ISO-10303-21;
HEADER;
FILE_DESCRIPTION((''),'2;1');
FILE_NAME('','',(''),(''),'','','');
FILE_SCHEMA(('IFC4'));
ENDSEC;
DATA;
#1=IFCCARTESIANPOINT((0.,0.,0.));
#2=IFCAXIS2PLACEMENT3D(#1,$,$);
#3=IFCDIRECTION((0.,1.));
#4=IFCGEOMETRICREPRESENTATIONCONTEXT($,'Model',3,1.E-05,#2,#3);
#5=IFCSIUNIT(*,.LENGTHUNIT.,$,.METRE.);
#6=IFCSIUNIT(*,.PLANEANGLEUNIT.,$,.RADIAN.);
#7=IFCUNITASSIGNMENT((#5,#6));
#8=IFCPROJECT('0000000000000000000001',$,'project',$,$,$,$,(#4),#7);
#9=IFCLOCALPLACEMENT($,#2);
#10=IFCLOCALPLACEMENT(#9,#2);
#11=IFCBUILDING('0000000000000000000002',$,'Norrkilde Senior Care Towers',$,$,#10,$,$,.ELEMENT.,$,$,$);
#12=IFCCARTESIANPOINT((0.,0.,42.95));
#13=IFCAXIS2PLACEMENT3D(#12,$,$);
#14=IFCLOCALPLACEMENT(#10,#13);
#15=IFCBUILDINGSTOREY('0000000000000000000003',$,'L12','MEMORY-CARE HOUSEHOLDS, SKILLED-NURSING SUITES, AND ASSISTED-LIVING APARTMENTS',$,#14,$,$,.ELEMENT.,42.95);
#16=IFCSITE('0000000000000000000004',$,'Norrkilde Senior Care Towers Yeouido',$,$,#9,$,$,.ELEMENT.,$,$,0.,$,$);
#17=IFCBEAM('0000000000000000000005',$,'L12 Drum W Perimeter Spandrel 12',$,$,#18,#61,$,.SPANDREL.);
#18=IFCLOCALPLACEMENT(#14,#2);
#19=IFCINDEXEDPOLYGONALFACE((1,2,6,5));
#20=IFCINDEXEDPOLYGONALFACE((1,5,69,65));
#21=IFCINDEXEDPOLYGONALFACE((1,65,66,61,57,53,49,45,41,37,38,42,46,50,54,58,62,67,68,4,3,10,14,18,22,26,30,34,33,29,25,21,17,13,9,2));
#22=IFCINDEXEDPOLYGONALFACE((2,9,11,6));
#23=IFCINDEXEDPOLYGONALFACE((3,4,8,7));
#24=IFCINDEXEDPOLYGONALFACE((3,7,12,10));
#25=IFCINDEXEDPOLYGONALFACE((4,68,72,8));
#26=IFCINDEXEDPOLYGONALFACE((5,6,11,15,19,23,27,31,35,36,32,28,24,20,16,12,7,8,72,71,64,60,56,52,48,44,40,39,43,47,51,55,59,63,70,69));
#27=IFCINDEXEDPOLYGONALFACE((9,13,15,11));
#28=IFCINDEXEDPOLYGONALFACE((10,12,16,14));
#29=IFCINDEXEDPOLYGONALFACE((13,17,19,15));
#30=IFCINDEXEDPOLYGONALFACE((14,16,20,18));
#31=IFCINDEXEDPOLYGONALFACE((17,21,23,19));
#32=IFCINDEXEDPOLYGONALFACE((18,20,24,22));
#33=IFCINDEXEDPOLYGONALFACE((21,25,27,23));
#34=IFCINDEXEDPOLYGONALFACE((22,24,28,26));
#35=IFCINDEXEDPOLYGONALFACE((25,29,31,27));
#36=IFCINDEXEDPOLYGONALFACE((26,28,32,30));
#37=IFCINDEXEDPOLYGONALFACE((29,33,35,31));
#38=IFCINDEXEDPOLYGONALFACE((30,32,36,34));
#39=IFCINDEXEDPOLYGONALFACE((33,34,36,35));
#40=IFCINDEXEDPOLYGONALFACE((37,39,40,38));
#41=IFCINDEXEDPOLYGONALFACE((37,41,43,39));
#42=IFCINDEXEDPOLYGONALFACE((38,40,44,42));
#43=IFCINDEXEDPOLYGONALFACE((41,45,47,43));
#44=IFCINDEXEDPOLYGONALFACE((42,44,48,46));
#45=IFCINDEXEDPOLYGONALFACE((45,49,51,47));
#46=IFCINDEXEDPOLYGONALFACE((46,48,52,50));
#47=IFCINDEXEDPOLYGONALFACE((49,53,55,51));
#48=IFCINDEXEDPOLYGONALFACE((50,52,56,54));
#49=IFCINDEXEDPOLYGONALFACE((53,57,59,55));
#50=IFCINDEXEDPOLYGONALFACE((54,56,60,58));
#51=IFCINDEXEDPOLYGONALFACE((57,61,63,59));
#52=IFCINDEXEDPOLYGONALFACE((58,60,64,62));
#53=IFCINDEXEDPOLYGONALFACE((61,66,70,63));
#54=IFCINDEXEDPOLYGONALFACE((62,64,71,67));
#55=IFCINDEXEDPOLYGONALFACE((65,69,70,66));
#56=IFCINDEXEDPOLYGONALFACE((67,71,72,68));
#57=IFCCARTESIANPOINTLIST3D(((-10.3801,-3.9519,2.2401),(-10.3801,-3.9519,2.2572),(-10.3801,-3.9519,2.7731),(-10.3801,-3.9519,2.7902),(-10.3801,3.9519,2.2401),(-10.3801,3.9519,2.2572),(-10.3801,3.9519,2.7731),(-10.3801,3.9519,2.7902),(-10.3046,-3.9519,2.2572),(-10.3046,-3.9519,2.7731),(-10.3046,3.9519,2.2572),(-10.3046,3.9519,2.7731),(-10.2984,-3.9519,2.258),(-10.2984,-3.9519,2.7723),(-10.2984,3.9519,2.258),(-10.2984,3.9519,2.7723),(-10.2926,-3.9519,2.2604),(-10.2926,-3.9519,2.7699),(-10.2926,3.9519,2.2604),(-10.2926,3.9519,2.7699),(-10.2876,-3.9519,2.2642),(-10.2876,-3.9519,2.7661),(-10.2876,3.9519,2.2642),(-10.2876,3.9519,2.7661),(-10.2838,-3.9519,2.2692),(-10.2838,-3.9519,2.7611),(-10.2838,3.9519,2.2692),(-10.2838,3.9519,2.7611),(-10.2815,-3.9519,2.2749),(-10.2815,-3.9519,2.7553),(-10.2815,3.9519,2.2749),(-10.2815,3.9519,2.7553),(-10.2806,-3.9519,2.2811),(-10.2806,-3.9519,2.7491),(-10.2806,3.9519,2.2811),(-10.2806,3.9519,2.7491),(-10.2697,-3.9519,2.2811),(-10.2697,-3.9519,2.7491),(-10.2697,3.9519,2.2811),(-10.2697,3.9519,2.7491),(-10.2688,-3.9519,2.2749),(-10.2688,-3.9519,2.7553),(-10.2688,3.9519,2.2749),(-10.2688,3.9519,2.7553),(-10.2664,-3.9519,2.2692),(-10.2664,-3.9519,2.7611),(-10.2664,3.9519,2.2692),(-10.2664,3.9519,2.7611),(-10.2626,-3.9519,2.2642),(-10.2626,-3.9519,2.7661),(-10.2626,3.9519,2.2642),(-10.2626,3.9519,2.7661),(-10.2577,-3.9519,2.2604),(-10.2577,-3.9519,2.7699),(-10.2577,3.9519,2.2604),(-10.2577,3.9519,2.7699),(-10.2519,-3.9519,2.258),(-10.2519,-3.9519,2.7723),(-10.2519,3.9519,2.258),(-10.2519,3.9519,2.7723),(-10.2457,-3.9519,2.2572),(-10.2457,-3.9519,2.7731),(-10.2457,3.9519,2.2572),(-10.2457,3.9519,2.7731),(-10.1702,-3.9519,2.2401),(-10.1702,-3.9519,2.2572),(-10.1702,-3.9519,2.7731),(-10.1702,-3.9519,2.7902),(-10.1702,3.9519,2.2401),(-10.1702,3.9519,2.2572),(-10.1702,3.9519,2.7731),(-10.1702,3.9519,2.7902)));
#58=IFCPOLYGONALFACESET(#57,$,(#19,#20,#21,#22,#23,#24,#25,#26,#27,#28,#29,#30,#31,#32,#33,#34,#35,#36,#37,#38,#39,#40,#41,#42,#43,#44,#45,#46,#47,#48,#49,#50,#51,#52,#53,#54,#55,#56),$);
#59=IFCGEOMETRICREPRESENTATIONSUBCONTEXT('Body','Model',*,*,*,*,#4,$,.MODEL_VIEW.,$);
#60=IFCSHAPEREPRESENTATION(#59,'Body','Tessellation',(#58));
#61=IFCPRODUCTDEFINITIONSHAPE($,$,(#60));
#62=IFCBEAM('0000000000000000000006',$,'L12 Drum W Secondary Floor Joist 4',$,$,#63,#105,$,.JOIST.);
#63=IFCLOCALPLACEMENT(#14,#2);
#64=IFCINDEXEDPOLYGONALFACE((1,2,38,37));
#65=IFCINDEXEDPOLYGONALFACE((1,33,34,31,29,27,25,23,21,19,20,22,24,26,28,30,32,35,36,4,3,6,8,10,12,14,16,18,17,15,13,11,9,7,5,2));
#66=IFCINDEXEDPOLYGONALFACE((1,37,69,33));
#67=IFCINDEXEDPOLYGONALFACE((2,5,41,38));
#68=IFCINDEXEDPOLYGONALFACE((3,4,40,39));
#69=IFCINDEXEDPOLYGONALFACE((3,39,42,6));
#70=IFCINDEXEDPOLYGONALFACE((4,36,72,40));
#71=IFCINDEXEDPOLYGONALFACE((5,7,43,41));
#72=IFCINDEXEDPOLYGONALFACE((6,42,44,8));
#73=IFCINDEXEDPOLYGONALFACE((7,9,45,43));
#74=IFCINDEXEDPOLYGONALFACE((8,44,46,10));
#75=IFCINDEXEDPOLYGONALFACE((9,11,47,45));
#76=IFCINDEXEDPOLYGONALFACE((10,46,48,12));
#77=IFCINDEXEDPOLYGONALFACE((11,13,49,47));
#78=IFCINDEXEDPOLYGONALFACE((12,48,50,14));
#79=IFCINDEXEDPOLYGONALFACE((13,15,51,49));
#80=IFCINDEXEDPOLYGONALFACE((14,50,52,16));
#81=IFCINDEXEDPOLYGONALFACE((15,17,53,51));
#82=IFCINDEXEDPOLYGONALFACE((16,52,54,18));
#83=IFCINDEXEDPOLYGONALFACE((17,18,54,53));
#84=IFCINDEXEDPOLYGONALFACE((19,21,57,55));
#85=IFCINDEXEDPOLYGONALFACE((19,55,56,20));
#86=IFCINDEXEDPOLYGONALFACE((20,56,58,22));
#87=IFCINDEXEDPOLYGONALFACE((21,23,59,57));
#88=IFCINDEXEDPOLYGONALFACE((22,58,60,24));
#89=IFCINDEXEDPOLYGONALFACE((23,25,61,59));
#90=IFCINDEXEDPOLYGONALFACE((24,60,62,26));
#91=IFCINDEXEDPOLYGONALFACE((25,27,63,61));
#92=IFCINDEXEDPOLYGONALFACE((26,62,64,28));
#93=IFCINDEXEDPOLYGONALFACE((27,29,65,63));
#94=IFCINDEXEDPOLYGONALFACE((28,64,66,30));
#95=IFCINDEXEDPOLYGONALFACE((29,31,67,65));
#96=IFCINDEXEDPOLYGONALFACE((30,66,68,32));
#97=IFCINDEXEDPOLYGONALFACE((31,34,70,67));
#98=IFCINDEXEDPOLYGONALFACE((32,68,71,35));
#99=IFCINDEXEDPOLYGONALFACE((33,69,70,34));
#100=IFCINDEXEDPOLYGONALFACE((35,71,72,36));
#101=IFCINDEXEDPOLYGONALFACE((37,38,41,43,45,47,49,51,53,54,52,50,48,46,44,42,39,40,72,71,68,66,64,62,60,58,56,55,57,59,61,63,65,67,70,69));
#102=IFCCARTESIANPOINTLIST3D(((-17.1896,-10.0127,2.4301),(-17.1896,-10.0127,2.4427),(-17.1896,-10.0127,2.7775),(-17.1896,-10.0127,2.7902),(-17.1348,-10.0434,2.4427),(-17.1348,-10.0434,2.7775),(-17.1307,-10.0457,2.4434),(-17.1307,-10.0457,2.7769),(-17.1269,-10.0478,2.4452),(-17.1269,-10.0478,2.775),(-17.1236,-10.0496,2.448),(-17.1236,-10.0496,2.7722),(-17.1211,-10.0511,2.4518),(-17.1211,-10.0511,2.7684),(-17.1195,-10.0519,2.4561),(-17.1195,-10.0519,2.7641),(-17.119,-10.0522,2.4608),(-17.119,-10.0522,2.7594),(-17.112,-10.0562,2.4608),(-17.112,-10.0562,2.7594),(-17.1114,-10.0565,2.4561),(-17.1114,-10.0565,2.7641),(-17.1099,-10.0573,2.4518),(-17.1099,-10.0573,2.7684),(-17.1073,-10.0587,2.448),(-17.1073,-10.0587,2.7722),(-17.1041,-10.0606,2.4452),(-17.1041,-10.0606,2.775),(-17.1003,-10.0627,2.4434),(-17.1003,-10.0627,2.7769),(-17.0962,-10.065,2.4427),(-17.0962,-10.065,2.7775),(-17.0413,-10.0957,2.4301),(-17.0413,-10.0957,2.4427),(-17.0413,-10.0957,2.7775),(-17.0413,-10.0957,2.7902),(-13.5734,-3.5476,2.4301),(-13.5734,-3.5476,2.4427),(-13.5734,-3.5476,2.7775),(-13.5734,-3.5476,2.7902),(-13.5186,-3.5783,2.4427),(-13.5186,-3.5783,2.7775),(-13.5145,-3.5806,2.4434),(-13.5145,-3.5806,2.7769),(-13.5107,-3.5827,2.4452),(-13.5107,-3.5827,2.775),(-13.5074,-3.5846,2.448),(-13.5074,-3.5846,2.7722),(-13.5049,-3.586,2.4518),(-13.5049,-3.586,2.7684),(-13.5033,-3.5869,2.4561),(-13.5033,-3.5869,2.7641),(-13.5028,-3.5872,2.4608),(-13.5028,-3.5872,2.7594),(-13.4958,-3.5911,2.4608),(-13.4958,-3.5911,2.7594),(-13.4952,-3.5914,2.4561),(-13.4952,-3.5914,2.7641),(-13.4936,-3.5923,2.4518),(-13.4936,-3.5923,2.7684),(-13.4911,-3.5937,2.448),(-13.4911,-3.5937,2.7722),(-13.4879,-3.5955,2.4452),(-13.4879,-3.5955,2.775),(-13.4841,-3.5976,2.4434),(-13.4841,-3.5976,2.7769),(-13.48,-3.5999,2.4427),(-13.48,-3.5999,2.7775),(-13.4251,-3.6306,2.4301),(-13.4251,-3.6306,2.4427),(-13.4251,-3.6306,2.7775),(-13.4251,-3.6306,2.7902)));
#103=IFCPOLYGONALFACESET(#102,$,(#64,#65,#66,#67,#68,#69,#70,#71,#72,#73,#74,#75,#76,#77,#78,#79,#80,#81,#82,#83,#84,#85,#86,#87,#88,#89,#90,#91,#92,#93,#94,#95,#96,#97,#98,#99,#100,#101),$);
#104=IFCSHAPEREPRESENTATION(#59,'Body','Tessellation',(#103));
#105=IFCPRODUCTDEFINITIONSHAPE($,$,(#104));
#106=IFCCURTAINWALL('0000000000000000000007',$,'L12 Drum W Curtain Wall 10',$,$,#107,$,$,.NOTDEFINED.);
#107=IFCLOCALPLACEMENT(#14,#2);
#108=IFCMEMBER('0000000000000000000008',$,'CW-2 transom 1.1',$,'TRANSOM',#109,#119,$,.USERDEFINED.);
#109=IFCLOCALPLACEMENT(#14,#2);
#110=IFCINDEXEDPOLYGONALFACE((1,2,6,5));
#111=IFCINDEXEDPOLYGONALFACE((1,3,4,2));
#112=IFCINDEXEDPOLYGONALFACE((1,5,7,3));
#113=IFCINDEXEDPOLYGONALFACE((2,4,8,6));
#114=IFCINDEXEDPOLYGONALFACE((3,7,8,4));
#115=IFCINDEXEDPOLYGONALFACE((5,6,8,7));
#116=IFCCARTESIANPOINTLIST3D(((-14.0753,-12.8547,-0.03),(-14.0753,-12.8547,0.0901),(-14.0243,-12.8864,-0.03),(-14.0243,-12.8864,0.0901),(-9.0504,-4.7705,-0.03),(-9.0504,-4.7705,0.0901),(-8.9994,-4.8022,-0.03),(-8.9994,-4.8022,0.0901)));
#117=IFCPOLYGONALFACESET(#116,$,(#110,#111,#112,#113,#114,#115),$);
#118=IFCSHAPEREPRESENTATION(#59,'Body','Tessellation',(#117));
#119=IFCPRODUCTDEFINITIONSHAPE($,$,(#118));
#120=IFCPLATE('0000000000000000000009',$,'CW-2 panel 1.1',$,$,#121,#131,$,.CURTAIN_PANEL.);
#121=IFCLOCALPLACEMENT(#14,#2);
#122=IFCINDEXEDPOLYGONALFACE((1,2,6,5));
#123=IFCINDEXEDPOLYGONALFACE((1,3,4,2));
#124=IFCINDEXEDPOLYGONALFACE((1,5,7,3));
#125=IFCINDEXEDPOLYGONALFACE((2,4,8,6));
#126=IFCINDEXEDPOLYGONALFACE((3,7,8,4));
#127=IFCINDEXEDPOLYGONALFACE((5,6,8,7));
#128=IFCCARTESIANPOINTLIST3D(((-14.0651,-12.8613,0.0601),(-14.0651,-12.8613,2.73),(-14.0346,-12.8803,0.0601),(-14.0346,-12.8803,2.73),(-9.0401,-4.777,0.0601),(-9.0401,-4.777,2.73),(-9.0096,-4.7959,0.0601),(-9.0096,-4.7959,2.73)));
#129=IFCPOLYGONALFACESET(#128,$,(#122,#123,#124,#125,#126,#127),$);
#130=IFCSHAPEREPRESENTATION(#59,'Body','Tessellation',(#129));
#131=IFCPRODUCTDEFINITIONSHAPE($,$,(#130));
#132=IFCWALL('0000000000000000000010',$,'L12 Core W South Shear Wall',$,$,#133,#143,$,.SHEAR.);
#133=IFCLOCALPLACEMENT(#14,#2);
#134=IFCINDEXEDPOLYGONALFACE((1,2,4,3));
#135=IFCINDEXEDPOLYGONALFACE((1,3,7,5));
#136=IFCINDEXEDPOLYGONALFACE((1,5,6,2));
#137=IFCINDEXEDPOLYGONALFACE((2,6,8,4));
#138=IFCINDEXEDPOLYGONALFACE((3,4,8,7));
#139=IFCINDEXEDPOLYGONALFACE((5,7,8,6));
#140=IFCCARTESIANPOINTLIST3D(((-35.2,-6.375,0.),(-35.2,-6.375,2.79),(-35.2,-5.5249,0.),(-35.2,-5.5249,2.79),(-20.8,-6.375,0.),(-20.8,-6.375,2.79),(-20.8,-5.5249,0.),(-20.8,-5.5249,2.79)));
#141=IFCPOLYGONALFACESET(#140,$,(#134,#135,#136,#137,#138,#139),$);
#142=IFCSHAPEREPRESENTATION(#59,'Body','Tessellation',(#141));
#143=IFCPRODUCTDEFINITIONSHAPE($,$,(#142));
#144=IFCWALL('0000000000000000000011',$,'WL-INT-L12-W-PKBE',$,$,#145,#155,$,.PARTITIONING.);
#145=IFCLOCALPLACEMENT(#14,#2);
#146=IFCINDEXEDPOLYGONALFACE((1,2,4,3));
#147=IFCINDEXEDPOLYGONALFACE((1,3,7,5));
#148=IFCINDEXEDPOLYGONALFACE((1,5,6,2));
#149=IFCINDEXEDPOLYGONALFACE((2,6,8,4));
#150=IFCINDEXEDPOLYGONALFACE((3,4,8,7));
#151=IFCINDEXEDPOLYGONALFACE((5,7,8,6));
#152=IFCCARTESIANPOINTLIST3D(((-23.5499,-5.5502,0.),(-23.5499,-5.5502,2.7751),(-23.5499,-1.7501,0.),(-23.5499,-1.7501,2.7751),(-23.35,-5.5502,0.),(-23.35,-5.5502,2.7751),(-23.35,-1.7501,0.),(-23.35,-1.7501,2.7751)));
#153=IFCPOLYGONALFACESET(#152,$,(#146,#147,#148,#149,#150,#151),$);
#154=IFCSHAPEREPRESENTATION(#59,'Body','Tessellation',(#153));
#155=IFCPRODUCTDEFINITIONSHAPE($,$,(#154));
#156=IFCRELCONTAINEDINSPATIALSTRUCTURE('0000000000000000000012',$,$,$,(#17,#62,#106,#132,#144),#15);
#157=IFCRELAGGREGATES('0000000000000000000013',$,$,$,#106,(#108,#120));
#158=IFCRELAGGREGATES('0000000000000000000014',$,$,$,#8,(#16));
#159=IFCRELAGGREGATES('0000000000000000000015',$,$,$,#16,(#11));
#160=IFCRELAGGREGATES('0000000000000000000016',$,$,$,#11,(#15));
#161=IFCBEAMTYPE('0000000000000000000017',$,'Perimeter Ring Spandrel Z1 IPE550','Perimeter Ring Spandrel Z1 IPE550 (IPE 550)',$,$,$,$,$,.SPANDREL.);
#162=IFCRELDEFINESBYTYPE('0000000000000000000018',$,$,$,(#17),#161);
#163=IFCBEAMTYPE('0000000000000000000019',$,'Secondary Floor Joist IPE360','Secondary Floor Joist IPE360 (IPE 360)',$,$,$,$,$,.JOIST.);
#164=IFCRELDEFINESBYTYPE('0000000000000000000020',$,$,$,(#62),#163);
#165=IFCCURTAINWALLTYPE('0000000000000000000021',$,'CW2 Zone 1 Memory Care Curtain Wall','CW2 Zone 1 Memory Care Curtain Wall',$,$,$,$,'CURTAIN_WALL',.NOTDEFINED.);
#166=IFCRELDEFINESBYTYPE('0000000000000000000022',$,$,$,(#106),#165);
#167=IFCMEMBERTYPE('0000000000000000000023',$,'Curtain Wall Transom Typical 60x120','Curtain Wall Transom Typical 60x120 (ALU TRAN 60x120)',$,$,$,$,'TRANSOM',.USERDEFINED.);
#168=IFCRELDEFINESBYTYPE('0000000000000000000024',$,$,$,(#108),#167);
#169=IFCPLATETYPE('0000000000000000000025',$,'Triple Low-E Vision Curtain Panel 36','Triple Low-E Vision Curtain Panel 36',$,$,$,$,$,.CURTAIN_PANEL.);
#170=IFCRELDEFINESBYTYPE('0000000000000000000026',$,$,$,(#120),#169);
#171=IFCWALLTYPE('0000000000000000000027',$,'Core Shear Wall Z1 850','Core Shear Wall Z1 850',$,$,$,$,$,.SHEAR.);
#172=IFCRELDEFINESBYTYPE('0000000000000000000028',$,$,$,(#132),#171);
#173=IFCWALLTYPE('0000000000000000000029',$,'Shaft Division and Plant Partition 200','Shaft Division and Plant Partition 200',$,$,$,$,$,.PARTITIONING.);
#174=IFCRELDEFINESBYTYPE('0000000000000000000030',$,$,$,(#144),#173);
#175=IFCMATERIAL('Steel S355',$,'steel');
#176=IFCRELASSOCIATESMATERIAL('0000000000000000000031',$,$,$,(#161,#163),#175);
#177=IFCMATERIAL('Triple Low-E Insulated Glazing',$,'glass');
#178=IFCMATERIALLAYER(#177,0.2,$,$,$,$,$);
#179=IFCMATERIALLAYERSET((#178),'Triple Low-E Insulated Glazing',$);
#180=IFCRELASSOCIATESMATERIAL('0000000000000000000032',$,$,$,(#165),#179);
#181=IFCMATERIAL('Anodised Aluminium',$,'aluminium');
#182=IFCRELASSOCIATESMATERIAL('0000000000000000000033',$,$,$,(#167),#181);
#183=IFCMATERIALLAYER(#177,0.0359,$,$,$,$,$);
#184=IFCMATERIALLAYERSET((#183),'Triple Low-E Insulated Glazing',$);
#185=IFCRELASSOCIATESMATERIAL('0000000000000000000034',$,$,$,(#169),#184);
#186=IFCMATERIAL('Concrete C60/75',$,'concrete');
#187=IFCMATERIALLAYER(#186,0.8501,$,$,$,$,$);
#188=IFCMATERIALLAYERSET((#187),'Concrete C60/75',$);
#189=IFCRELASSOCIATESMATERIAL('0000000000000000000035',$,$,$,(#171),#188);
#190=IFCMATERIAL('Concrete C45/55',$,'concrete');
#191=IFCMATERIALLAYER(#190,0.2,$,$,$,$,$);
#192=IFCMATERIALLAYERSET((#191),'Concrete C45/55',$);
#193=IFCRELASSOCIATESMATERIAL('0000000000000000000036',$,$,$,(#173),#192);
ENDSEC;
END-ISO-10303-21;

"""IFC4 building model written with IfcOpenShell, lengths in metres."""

from ifc_helpers import new_model, si_unit, direction, frame, frame_2d, origin, origin_2d, place, context, subcontext, project, spatial, rectangle, i_section, extrude, source, transform, mapped, material, layer, layer_set, material_profile, profile_set, type_object, type_shapes, element, aggregate, save


model = new_model("IFC4")

# Units and contexts
model_context = context("Model", 3, precision=1e-05, world=origin(), true_north=direction((0.0, 1.0)))
body_context = subcontext(model_context, "Body", "Model", "MODEL_VIEW")
ifc_project = project(units=[si_unit("LENGTHUNIT", "METRE"), si_unit("PLANEANGLEUNIT", "RADIAN")], contexts=[model_context])

# Site, building, storey
site_placement = place(None, origin())
site = spatial("IfcSite", under=ifc_project, at=site_placement, Name="Norrkilde Senior Care Towers Yeouido", CompositionType="ELEMENT", RefElevation=0.0)
building_placement = place(site_placement, origin())
building = spatial("IfcBuilding", under=site, at=building_placement, Name="Norrkilde Senior Care Towers", CompositionType="ELEMENT")
storey_placement = place(building_placement, frame((0.0, 0.0, 42.95)))
storey = spatial("IfcBuildingStorey", under=building, at=storey_placement, Name="L12", Description="MEMORY-CARE HOUSEHOLDS, SKILLED-NURSING SUITES, AND ASSISTED-LIVING APARTMENTS", CompositionType="ELEMENT", Elevation=42.95)

# Shared definitions
ifc_material_1 = material(Name="Concrete C60/75", Category="concrete")

# Beams
ifc_material_2 = material(Name="Steel S355", Category="steel")
ifc_material_profile_1 = material_profile(ifc_material_2, i_section(OverallWidth=0.21, OverallDepth=0.55, WebThickness=0.011, FlangeThickness=0.0171, FilletRadius=0.0239, at=origin_2d()), Name="IPE 550")
ifc_profile_set_1 = profile_set([ifc_material_profile_1], Name="Steel S355")
beam_type_1 = type_object("IfcBeamType", Name="Perimeter Ring Spandrel Z1 IPE550", Description="Perimeter Ring Spandrel Z1 IPE550 (IPE 550)", PredefinedType="SPANDREL", material=ifc_profile_set_1)
shared_shape_1 = source(origin(), body_context, "Body", "SweptSolid", [
    extrude(i_section(OverallWidth=0.21, OverallDepth=0.55, WebThickness=0.011, FlangeThickness=0.0171, FilletRadius=0.0239, at=origin_2d()), origin(), (0.0, 0.0, 1.0), 7.9038),
])
type_shapes(beam_type_1, [shared_shape_1])
beam_1_placement = place(storey_placement, frame((-10.2751, -3.9519, 2.5151), z_axis=(0.0, 1.0, 0.0), x_axis=(-1.0, 0.0, 0.0)))
element("IfcBeam", 1, at=beam_1_placement, inside=storey, type_object=beam_type_1, Name="L12 Drum W Perimeter Spandrel 12", PredefinedType="SPANDREL", context=body_context, shape_type="MappedRepresentation", body=[
    mapped(shared_shape_1, transform((0.0, 0.0, 0.0), x_axis=(1.0, 0.0, 0.0), y_axis=(0.0, 1.0, 0.0), z_axis=(0.0, 0.0, 1.0), scale=1.0)),
])
ifc_material_profile_2 = material_profile(ifc_material_2, i_section(OverallWidth=0.1699, OverallDepth=0.3601, WebThickness=0.0081, FlangeThickness=0.0127, FilletRadius=0.0181, at=origin_2d()), Name="IPE 360")
ifc_profile_set_2 = profile_set([ifc_material_profile_2], Name="Steel S355")
beam_type_2 = type_object("IfcBeamType", Name="Secondary Floor Joist IPE360", Description="Secondary Floor Joist IPE360 (IPE 360)", PredefinedType="JOIST", material=ifc_profile_set_2)
shared_shape_2 = source(origin(), body_context, "Body", "SweptSolid", [
    extrude(i_section(OverallWidth=0.1699, OverallDepth=0.3601, WebThickness=0.0081, FlangeThickness=0.0127, FilletRadius=0.0181, at=origin_2d()), origin(), (0.0, 0.0, 1.0), 7.4077),
])
type_shapes(beam_type_2, [shared_shape_2])
beam_2_placement = place(storey_placement, frame((-17.1155, -10.0542, 2.6101), z_axis=(0.488168, 0.87275, 0.0), x_axis=(-0.87275, 0.488168, 0.0)))
element("IfcBeam", 2, at=beam_2_placement, inside=storey, type_object=beam_type_2, Name="L12 Drum W Secondary Floor Joist 4", PredefinedType="JOIST", context=body_context, shape_type="MappedRepresentation", body=[
    mapped(shared_shape_2, transform((0.0, 0.0, 0.0), x_axis=(1.0, 0.0, 0.0), y_axis=(0.0, 1.0, 0.0), z_axis=(0.0, 0.0, 1.0), scale=1.0)),
])

# Curtain wall, member, plate
ifc_material_3 = material(Name="Triple Low-E Insulated Glazing", Category="glass")
ifc_layer_1 = layer(ifc_material_3, 0.2)
ifc_layer_set_1 = layer_set([ifc_layer_1], Name="Triple Low-E Insulated Glazing")
curtain_wall_type = type_object("IfcCurtainWallType", Name="CW2 Zone 1 Memory Care Curtain Wall", Description="CW2 Zone 1 Memory Care Curtain Wall", ElementType="CURTAIN_WALL", PredefinedType="NOTDEFINED", material=ifc_layer_set_1)
curtain_wall_placement = place(storey_placement, origin())
curtain_wall = element("IfcCurtainWall", 3, at=curtain_wall_placement, inside=storey, type_object=curtain_wall_type, Name="L12 Drum W Curtain Wall 10", PredefinedType="NOTDEFINED")
ifc_material_4 = material(Name="Anodised Aluminium", Category="aluminium")
ifc_material_profile_3 = material_profile(ifc_material_4, rectangle(XDim=0.0601, YDim=0.1201, at=origin_2d()), Name="ALU TRAN 60x120")
ifc_profile_set_3 = profile_set([ifc_material_profile_3], Name="Anodised Aluminium")
member_type = type_object("IfcMemberType", Name="Curtain Wall Transom Typical 60x120", Description="Curtain Wall Transom Typical 60x120 (ALU TRAN 60x120)", ElementType="TRANSOM", PredefinedType="USERDEFINED", material=ifc_profile_set_3)
shared_shape_3 = source(origin(), body_context, "Body", "SweptSolid", [
    extrude(rectangle(XDim=0.0601, YDim=0.1201, at=origin_2d()), origin(), (0.0, 0.0, 1.0), 9.5186),
])
type_shapes(member_type, [shared_shape_3])
member_placement = place(storey_placement, frame((-9.0249, -4.7864, 0.03), z_axis=(-0.527902, -0.849306, 0.0), x_axis=(0.849306, -0.527902, 0.0)))
member = element("IfcMember", 4, at=member_placement, type_object=member_type, Name="CW-2 transom 1.1", ObjectType="TRANSOM", PredefinedType="USERDEFINED", context=body_context, shape_type="MappedRepresentation", body=[
    mapped(shared_shape_3, transform((0.0, 0.0, 0.0), x_axis=(1.0, 0.0, 0.0), y_axis=(0.0, 1.0, 0.0), z_axis=(0.0, 0.0, 1.0), scale=1.0)),
])
ifc_layer_2 = layer(ifc_material_3, 0.0359)
ifc_layer_set_2 = layer_set([ifc_layer_2], Name="Triple Low-E Insulated Glazing")
plate_type = type_object("IfcPlateType", Name="Triple Low-E Vision Curtain Panel 36", Description="Triple Low-E Vision Curtain Panel 36", PredefinedType="CURTAIN_PANEL", material=ifc_layer_set_2)
shared_shape_4 = source(origin(), body_context, "Body", "SweptSolid", [
    extrude(rectangle(XDim=9.5188, YDim=0.0359, at=origin_2d()), origin(), (0.0, 0.0, 1.0), 2.6699),
])
type_shapes(plate_type, [shared_shape_4])
plate_placement = place(storey_placement, frame((-11.5374, -8.8286, 0.0601), z_axis=(0.0, 0.0, 1.0), x_axis=(-0.527901, -0.849306, 0.0)))
plate = element("IfcPlate", 5, at=plate_placement, type_object=plate_type, Name="CW-2 panel 1.1", PredefinedType="CURTAIN_PANEL", context=body_context, shape_type="MappedRepresentation", body=[
    mapped(shared_shape_4, transform((0.0, 0.0, 0.0), x_axis=(1.0, 0.0, 0.0), y_axis=(0.0, 1.0, 0.0), z_axis=(0.0, 0.0, 1.0), scale=1.0)),
])
aggregate(curtain_wall, [member, plate])

# Walls
ifc_layer_3 = layer(ifc_material_1, 0.8501)
ifc_layer_set_3 = layer_set([ifc_layer_3], Name="Concrete C60/75")
wall_type_1 = type_object("IfcWallType", Name="Core Shear Wall Z1 850", Description="Core Shear Wall Z1 850", PredefinedType="SHEAR", material=ifc_layer_set_3)
shared_shape_5 = source(origin(), body_context, "Body", "SweptSolid", [
    extrude(rectangle(XDim=14.3999, YDim=0.8501, at=frame_2d((7.2, 0.0))), origin(), (0.0, 0.0, 1.0), 2.79),
])
type_shapes(wall_type_1, [shared_shape_5])
wall_1_placement = place(storey_placement, frame((-20.8, -5.95, 0.0), z_axis=(0.0, 0.0, 1.0), x_axis=(-1.0, 0.0, 0.0)))
element("IfcWall", 6, at=wall_1_placement, inside=storey, type_object=wall_type_1, Name="L12 Core W South Shear Wall", PredefinedType="SHEAR", context=body_context, shape_type="MappedRepresentation", body=[
    mapped(shared_shape_5, transform((0.0, 0.0, 0.0), x_axis=(1.0, 0.0, 0.0), y_axis=(0.0, 1.0, 0.0), z_axis=(0.0, 0.0, 1.0), scale=1.0)),
])
ifc_material_5 = material(Name="Concrete C45/55", Category="concrete")
ifc_layer_4 = layer(ifc_material_5, 0.2)
ifc_layer_set_4 = layer_set([ifc_layer_4], Name="Concrete C45/55")
wall_type_2 = type_object("IfcWallType", Name="Shaft Division and Plant Partition 200", Description="Shaft Division and Plant Partition 200", PredefinedType="PARTITIONING", material=ifc_layer_set_4)
shared_shape_6 = source(origin(), body_context, "Body", "SweptSolid", [
    extrude(rectangle(XDim=3.8, YDim=0.2, at=frame_2d((1.8999, 0.0))), origin(), (0.0, 0.0, 1.0), 2.7751),
])
type_shapes(wall_type_2, [shared_shape_6])
wall_2_placement = place(storey_placement, frame((-23.45, -5.55, 0.0), z_axis=(0.0, 0.0, 1.0), x_axis=(0.0, 1.0, 0.0)))
element("IfcWall", 7, at=wall_2_placement, inside=storey, type_object=wall_type_2, Name="WL-INT-L12-W-PKBE", PredefinedType="PARTITIONING", context=body_context, shape_type="MappedRepresentation", body=[
    mapped(shared_shape_6, transform((0.0, 0.0, 0.0), x_axis=(1.0, 0.0, 0.0), y_axis=(0.0, 1.0, 0.0), z_axis=(0.0, 0.0, 1.0), scale=1.0)),
])

save(model, "model.ifc")
